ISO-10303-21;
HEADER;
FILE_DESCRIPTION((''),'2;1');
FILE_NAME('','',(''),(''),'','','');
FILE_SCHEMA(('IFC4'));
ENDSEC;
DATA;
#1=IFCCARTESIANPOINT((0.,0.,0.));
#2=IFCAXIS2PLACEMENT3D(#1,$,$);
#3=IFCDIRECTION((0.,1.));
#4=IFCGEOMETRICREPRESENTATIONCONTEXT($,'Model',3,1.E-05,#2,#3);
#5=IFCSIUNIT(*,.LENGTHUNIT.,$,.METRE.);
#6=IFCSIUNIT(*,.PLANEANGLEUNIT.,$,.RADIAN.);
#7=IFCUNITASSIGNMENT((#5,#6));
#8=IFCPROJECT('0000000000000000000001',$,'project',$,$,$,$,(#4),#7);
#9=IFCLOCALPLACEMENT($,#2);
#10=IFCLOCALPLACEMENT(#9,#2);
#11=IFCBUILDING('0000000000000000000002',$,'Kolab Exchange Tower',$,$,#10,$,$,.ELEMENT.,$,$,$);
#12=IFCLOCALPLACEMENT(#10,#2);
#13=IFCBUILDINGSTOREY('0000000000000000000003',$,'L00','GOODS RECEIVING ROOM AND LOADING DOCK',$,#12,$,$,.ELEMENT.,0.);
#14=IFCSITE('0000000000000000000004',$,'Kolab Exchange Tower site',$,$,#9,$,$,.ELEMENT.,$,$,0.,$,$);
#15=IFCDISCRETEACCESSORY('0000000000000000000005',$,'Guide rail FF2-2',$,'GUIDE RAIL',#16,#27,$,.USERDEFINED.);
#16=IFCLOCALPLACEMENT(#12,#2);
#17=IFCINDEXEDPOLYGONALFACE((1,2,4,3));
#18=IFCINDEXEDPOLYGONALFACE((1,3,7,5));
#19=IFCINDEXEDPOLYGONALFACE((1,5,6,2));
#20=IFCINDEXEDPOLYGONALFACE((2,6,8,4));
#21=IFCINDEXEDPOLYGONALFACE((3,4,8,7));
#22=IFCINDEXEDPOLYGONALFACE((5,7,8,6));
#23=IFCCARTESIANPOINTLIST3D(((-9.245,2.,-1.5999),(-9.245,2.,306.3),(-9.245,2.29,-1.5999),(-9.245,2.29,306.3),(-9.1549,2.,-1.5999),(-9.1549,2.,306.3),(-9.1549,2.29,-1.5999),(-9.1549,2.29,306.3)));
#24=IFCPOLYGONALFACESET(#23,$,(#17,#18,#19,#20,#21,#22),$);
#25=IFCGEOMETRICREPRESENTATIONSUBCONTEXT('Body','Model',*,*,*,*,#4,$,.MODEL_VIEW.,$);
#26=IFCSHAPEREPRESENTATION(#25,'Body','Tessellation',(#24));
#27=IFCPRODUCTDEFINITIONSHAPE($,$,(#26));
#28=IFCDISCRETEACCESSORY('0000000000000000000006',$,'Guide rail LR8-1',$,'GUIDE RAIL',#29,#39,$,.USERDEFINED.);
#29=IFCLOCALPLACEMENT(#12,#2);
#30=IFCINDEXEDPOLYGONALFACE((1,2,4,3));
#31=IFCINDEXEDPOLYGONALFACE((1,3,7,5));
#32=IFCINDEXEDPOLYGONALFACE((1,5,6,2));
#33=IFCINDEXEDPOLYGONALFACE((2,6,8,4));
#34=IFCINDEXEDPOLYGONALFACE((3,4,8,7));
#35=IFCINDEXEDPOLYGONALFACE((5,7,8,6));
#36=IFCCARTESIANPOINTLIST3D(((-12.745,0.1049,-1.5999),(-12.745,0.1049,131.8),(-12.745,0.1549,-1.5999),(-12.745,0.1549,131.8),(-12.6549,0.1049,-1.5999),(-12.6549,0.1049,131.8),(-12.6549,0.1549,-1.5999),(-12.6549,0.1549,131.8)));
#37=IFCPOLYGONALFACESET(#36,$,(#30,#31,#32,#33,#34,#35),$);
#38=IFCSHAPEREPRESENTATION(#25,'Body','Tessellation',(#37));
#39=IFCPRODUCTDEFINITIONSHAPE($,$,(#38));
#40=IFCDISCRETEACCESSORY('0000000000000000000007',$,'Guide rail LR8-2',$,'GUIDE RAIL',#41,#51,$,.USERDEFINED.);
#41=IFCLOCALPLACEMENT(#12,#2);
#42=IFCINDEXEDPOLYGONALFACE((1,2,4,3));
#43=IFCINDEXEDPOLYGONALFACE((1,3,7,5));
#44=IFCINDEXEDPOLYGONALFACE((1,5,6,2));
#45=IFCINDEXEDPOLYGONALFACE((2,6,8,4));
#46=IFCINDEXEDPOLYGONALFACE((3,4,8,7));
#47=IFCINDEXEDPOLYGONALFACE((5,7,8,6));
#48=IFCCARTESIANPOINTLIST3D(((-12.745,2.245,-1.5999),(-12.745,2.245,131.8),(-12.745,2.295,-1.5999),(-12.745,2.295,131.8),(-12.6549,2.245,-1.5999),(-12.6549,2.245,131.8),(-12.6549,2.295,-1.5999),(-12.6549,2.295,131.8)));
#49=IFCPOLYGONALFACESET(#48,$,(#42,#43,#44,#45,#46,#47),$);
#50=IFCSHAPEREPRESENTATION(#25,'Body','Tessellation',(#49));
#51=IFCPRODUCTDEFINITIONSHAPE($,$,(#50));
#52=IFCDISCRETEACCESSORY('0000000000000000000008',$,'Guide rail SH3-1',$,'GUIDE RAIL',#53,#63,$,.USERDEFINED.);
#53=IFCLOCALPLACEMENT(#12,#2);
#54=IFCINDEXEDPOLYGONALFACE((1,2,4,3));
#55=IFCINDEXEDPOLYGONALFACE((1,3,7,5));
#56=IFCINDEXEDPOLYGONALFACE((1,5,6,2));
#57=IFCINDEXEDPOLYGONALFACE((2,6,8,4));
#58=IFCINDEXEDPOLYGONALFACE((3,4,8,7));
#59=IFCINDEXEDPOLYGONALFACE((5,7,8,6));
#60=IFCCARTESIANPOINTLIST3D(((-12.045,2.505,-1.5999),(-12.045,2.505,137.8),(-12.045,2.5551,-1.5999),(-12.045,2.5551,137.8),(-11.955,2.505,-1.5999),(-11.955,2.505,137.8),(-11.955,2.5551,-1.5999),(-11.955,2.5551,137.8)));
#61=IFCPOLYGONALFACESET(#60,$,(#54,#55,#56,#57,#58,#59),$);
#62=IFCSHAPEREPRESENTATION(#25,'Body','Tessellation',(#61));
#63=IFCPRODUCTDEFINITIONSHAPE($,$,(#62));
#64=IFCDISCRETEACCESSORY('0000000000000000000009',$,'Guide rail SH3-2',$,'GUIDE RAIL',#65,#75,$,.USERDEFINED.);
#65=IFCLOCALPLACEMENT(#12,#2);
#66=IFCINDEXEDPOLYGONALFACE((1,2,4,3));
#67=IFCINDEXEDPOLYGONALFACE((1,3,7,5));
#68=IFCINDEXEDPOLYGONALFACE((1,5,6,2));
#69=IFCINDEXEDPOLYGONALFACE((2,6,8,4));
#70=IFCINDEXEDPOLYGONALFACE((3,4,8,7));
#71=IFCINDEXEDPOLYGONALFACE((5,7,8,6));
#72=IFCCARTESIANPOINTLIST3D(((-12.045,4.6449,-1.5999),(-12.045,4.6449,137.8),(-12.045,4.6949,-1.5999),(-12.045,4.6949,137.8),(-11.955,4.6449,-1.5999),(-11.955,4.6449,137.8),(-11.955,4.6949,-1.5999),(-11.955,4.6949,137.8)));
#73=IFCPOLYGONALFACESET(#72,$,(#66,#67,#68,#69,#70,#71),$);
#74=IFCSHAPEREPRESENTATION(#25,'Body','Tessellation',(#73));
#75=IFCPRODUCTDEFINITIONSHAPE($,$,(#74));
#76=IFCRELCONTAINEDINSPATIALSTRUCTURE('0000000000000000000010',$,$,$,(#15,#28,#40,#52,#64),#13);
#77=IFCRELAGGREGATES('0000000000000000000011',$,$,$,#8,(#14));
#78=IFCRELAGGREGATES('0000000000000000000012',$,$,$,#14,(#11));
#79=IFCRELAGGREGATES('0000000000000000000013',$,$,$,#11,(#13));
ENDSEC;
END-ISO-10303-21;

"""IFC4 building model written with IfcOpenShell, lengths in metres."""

from ifc_helpers import new_model, si_unit, direction, frame, origin, origin_2d, place, context, subcontext, project, spatial, rectangle, extrude, element, save


model = new_model("IFC4")

# Units and contexts
model_context = context("Model", 3, precision=1e-05, world=origin(), true_north=direction((0.0, 1.0)))
body_context = subcontext(model_context, "Body", "Model", "MODEL_VIEW")
ifc_project = project(units=[si_unit("LENGTHUNIT", "METRE"), si_unit("PLANEANGLEUNIT", "RADIAN")], contexts=[model_context])

# Site, building, storey
site_placement = place(None, origin())
site = spatial("IfcSite", under=ifc_project, at=site_placement, Name="Kolab Exchange Tower site", CompositionType="ELEMENT", RefElevation=0.0)
building_placement = place(site_placement, origin())
building = spatial("IfcBuilding", under=site, at=building_placement, Name="Kolab Exchange Tower", CompositionType="ELEMENT")
storey_placement = place(building_placement, origin())
storey = spatial("IfcBuildingStorey", under=building, at=storey_placement, Name="L00", Description="GOODS RECEIVING ROOM AND LOADING DOCK", CompositionType="ELEMENT", Elevation=0.0)

# Discrete accessories
for number, where, z_axis, x_axis, name in (
    (1, (-9.2, 2.145, -1.5999), (0.0, 0.0, 1.0), (1.0, 0.0, 0.0), "Guide rail FF2-2"),
):
    element("IfcDiscreteAccessory", number, at=place(storey_placement, frame(where, z_axis=z_axis, x_axis=x_axis)), inside=storey, Name=name, ObjectType="GUIDE RAIL", PredefinedType="USERDEFINED", context=body_context, shape_type="SweptSolid", body=[
        extrude(rectangle(XDim=0.0901, YDim=0.29, at=origin_2d()), origin(), (0.0, 0.0, 1.0), 307.8999),
    ])
for number, where, z_axis, x_axis, name in (
    (2, (-12.7, 0.1299, -1.5999), (0.0, 0.0, 1.0), (1.0, 0.0, 0.0), "Guide rail LR8-1"),
    (3, (-12.7, 2.27, -1.5999), (0.0, 0.0, 1.0), (1.0, 0.0, 0.0), "Guide rail LR8-2"),
):
    element("IfcDiscreteAccessory", number, at=place(storey_placement, frame(where, z_axis=z_axis, x_axis=x_axis)), inside=storey, Name=name, ObjectType="GUIDE RAIL", PredefinedType="USERDEFINED", context=body_context, shape_type="SweptSolid", body=[
        extrude(rectangle(XDim=0.0901, YDim=0.05, at=origin_2d()), origin(), (0.0, 0.0, 1.0), 133.3999),
    ])
for number, where, z_axis, x_axis, name in (
    (4, (-12.0, 2.53, -1.5999), (0.0, 0.0, 1.0), (1.0, 0.0, 0.0), "Guide rail SH3-1"),
    (5, (-12.0, 4.6699, -1.5999), (0.0, 0.0, 1.0), (1.0, 0.0, 0.0), "Guide rail SH3-2"),
):
    element("IfcDiscreteAccessory", number, at=place(storey_placement, frame(where, z_axis=z_axis, x_axis=x_axis)), inside=storey, Name=name, ObjectType="GUIDE RAIL", PredefinedType="USERDEFINED", context=body_context, shape_type="SweptSolid", body=[
        extrude(rectangle(XDim=0.0901, YDim=0.05, at=origin_2d()), origin(), (0.0, 0.0, 1.0), 139.3999),
    ])

save(model, "model.ifc")
